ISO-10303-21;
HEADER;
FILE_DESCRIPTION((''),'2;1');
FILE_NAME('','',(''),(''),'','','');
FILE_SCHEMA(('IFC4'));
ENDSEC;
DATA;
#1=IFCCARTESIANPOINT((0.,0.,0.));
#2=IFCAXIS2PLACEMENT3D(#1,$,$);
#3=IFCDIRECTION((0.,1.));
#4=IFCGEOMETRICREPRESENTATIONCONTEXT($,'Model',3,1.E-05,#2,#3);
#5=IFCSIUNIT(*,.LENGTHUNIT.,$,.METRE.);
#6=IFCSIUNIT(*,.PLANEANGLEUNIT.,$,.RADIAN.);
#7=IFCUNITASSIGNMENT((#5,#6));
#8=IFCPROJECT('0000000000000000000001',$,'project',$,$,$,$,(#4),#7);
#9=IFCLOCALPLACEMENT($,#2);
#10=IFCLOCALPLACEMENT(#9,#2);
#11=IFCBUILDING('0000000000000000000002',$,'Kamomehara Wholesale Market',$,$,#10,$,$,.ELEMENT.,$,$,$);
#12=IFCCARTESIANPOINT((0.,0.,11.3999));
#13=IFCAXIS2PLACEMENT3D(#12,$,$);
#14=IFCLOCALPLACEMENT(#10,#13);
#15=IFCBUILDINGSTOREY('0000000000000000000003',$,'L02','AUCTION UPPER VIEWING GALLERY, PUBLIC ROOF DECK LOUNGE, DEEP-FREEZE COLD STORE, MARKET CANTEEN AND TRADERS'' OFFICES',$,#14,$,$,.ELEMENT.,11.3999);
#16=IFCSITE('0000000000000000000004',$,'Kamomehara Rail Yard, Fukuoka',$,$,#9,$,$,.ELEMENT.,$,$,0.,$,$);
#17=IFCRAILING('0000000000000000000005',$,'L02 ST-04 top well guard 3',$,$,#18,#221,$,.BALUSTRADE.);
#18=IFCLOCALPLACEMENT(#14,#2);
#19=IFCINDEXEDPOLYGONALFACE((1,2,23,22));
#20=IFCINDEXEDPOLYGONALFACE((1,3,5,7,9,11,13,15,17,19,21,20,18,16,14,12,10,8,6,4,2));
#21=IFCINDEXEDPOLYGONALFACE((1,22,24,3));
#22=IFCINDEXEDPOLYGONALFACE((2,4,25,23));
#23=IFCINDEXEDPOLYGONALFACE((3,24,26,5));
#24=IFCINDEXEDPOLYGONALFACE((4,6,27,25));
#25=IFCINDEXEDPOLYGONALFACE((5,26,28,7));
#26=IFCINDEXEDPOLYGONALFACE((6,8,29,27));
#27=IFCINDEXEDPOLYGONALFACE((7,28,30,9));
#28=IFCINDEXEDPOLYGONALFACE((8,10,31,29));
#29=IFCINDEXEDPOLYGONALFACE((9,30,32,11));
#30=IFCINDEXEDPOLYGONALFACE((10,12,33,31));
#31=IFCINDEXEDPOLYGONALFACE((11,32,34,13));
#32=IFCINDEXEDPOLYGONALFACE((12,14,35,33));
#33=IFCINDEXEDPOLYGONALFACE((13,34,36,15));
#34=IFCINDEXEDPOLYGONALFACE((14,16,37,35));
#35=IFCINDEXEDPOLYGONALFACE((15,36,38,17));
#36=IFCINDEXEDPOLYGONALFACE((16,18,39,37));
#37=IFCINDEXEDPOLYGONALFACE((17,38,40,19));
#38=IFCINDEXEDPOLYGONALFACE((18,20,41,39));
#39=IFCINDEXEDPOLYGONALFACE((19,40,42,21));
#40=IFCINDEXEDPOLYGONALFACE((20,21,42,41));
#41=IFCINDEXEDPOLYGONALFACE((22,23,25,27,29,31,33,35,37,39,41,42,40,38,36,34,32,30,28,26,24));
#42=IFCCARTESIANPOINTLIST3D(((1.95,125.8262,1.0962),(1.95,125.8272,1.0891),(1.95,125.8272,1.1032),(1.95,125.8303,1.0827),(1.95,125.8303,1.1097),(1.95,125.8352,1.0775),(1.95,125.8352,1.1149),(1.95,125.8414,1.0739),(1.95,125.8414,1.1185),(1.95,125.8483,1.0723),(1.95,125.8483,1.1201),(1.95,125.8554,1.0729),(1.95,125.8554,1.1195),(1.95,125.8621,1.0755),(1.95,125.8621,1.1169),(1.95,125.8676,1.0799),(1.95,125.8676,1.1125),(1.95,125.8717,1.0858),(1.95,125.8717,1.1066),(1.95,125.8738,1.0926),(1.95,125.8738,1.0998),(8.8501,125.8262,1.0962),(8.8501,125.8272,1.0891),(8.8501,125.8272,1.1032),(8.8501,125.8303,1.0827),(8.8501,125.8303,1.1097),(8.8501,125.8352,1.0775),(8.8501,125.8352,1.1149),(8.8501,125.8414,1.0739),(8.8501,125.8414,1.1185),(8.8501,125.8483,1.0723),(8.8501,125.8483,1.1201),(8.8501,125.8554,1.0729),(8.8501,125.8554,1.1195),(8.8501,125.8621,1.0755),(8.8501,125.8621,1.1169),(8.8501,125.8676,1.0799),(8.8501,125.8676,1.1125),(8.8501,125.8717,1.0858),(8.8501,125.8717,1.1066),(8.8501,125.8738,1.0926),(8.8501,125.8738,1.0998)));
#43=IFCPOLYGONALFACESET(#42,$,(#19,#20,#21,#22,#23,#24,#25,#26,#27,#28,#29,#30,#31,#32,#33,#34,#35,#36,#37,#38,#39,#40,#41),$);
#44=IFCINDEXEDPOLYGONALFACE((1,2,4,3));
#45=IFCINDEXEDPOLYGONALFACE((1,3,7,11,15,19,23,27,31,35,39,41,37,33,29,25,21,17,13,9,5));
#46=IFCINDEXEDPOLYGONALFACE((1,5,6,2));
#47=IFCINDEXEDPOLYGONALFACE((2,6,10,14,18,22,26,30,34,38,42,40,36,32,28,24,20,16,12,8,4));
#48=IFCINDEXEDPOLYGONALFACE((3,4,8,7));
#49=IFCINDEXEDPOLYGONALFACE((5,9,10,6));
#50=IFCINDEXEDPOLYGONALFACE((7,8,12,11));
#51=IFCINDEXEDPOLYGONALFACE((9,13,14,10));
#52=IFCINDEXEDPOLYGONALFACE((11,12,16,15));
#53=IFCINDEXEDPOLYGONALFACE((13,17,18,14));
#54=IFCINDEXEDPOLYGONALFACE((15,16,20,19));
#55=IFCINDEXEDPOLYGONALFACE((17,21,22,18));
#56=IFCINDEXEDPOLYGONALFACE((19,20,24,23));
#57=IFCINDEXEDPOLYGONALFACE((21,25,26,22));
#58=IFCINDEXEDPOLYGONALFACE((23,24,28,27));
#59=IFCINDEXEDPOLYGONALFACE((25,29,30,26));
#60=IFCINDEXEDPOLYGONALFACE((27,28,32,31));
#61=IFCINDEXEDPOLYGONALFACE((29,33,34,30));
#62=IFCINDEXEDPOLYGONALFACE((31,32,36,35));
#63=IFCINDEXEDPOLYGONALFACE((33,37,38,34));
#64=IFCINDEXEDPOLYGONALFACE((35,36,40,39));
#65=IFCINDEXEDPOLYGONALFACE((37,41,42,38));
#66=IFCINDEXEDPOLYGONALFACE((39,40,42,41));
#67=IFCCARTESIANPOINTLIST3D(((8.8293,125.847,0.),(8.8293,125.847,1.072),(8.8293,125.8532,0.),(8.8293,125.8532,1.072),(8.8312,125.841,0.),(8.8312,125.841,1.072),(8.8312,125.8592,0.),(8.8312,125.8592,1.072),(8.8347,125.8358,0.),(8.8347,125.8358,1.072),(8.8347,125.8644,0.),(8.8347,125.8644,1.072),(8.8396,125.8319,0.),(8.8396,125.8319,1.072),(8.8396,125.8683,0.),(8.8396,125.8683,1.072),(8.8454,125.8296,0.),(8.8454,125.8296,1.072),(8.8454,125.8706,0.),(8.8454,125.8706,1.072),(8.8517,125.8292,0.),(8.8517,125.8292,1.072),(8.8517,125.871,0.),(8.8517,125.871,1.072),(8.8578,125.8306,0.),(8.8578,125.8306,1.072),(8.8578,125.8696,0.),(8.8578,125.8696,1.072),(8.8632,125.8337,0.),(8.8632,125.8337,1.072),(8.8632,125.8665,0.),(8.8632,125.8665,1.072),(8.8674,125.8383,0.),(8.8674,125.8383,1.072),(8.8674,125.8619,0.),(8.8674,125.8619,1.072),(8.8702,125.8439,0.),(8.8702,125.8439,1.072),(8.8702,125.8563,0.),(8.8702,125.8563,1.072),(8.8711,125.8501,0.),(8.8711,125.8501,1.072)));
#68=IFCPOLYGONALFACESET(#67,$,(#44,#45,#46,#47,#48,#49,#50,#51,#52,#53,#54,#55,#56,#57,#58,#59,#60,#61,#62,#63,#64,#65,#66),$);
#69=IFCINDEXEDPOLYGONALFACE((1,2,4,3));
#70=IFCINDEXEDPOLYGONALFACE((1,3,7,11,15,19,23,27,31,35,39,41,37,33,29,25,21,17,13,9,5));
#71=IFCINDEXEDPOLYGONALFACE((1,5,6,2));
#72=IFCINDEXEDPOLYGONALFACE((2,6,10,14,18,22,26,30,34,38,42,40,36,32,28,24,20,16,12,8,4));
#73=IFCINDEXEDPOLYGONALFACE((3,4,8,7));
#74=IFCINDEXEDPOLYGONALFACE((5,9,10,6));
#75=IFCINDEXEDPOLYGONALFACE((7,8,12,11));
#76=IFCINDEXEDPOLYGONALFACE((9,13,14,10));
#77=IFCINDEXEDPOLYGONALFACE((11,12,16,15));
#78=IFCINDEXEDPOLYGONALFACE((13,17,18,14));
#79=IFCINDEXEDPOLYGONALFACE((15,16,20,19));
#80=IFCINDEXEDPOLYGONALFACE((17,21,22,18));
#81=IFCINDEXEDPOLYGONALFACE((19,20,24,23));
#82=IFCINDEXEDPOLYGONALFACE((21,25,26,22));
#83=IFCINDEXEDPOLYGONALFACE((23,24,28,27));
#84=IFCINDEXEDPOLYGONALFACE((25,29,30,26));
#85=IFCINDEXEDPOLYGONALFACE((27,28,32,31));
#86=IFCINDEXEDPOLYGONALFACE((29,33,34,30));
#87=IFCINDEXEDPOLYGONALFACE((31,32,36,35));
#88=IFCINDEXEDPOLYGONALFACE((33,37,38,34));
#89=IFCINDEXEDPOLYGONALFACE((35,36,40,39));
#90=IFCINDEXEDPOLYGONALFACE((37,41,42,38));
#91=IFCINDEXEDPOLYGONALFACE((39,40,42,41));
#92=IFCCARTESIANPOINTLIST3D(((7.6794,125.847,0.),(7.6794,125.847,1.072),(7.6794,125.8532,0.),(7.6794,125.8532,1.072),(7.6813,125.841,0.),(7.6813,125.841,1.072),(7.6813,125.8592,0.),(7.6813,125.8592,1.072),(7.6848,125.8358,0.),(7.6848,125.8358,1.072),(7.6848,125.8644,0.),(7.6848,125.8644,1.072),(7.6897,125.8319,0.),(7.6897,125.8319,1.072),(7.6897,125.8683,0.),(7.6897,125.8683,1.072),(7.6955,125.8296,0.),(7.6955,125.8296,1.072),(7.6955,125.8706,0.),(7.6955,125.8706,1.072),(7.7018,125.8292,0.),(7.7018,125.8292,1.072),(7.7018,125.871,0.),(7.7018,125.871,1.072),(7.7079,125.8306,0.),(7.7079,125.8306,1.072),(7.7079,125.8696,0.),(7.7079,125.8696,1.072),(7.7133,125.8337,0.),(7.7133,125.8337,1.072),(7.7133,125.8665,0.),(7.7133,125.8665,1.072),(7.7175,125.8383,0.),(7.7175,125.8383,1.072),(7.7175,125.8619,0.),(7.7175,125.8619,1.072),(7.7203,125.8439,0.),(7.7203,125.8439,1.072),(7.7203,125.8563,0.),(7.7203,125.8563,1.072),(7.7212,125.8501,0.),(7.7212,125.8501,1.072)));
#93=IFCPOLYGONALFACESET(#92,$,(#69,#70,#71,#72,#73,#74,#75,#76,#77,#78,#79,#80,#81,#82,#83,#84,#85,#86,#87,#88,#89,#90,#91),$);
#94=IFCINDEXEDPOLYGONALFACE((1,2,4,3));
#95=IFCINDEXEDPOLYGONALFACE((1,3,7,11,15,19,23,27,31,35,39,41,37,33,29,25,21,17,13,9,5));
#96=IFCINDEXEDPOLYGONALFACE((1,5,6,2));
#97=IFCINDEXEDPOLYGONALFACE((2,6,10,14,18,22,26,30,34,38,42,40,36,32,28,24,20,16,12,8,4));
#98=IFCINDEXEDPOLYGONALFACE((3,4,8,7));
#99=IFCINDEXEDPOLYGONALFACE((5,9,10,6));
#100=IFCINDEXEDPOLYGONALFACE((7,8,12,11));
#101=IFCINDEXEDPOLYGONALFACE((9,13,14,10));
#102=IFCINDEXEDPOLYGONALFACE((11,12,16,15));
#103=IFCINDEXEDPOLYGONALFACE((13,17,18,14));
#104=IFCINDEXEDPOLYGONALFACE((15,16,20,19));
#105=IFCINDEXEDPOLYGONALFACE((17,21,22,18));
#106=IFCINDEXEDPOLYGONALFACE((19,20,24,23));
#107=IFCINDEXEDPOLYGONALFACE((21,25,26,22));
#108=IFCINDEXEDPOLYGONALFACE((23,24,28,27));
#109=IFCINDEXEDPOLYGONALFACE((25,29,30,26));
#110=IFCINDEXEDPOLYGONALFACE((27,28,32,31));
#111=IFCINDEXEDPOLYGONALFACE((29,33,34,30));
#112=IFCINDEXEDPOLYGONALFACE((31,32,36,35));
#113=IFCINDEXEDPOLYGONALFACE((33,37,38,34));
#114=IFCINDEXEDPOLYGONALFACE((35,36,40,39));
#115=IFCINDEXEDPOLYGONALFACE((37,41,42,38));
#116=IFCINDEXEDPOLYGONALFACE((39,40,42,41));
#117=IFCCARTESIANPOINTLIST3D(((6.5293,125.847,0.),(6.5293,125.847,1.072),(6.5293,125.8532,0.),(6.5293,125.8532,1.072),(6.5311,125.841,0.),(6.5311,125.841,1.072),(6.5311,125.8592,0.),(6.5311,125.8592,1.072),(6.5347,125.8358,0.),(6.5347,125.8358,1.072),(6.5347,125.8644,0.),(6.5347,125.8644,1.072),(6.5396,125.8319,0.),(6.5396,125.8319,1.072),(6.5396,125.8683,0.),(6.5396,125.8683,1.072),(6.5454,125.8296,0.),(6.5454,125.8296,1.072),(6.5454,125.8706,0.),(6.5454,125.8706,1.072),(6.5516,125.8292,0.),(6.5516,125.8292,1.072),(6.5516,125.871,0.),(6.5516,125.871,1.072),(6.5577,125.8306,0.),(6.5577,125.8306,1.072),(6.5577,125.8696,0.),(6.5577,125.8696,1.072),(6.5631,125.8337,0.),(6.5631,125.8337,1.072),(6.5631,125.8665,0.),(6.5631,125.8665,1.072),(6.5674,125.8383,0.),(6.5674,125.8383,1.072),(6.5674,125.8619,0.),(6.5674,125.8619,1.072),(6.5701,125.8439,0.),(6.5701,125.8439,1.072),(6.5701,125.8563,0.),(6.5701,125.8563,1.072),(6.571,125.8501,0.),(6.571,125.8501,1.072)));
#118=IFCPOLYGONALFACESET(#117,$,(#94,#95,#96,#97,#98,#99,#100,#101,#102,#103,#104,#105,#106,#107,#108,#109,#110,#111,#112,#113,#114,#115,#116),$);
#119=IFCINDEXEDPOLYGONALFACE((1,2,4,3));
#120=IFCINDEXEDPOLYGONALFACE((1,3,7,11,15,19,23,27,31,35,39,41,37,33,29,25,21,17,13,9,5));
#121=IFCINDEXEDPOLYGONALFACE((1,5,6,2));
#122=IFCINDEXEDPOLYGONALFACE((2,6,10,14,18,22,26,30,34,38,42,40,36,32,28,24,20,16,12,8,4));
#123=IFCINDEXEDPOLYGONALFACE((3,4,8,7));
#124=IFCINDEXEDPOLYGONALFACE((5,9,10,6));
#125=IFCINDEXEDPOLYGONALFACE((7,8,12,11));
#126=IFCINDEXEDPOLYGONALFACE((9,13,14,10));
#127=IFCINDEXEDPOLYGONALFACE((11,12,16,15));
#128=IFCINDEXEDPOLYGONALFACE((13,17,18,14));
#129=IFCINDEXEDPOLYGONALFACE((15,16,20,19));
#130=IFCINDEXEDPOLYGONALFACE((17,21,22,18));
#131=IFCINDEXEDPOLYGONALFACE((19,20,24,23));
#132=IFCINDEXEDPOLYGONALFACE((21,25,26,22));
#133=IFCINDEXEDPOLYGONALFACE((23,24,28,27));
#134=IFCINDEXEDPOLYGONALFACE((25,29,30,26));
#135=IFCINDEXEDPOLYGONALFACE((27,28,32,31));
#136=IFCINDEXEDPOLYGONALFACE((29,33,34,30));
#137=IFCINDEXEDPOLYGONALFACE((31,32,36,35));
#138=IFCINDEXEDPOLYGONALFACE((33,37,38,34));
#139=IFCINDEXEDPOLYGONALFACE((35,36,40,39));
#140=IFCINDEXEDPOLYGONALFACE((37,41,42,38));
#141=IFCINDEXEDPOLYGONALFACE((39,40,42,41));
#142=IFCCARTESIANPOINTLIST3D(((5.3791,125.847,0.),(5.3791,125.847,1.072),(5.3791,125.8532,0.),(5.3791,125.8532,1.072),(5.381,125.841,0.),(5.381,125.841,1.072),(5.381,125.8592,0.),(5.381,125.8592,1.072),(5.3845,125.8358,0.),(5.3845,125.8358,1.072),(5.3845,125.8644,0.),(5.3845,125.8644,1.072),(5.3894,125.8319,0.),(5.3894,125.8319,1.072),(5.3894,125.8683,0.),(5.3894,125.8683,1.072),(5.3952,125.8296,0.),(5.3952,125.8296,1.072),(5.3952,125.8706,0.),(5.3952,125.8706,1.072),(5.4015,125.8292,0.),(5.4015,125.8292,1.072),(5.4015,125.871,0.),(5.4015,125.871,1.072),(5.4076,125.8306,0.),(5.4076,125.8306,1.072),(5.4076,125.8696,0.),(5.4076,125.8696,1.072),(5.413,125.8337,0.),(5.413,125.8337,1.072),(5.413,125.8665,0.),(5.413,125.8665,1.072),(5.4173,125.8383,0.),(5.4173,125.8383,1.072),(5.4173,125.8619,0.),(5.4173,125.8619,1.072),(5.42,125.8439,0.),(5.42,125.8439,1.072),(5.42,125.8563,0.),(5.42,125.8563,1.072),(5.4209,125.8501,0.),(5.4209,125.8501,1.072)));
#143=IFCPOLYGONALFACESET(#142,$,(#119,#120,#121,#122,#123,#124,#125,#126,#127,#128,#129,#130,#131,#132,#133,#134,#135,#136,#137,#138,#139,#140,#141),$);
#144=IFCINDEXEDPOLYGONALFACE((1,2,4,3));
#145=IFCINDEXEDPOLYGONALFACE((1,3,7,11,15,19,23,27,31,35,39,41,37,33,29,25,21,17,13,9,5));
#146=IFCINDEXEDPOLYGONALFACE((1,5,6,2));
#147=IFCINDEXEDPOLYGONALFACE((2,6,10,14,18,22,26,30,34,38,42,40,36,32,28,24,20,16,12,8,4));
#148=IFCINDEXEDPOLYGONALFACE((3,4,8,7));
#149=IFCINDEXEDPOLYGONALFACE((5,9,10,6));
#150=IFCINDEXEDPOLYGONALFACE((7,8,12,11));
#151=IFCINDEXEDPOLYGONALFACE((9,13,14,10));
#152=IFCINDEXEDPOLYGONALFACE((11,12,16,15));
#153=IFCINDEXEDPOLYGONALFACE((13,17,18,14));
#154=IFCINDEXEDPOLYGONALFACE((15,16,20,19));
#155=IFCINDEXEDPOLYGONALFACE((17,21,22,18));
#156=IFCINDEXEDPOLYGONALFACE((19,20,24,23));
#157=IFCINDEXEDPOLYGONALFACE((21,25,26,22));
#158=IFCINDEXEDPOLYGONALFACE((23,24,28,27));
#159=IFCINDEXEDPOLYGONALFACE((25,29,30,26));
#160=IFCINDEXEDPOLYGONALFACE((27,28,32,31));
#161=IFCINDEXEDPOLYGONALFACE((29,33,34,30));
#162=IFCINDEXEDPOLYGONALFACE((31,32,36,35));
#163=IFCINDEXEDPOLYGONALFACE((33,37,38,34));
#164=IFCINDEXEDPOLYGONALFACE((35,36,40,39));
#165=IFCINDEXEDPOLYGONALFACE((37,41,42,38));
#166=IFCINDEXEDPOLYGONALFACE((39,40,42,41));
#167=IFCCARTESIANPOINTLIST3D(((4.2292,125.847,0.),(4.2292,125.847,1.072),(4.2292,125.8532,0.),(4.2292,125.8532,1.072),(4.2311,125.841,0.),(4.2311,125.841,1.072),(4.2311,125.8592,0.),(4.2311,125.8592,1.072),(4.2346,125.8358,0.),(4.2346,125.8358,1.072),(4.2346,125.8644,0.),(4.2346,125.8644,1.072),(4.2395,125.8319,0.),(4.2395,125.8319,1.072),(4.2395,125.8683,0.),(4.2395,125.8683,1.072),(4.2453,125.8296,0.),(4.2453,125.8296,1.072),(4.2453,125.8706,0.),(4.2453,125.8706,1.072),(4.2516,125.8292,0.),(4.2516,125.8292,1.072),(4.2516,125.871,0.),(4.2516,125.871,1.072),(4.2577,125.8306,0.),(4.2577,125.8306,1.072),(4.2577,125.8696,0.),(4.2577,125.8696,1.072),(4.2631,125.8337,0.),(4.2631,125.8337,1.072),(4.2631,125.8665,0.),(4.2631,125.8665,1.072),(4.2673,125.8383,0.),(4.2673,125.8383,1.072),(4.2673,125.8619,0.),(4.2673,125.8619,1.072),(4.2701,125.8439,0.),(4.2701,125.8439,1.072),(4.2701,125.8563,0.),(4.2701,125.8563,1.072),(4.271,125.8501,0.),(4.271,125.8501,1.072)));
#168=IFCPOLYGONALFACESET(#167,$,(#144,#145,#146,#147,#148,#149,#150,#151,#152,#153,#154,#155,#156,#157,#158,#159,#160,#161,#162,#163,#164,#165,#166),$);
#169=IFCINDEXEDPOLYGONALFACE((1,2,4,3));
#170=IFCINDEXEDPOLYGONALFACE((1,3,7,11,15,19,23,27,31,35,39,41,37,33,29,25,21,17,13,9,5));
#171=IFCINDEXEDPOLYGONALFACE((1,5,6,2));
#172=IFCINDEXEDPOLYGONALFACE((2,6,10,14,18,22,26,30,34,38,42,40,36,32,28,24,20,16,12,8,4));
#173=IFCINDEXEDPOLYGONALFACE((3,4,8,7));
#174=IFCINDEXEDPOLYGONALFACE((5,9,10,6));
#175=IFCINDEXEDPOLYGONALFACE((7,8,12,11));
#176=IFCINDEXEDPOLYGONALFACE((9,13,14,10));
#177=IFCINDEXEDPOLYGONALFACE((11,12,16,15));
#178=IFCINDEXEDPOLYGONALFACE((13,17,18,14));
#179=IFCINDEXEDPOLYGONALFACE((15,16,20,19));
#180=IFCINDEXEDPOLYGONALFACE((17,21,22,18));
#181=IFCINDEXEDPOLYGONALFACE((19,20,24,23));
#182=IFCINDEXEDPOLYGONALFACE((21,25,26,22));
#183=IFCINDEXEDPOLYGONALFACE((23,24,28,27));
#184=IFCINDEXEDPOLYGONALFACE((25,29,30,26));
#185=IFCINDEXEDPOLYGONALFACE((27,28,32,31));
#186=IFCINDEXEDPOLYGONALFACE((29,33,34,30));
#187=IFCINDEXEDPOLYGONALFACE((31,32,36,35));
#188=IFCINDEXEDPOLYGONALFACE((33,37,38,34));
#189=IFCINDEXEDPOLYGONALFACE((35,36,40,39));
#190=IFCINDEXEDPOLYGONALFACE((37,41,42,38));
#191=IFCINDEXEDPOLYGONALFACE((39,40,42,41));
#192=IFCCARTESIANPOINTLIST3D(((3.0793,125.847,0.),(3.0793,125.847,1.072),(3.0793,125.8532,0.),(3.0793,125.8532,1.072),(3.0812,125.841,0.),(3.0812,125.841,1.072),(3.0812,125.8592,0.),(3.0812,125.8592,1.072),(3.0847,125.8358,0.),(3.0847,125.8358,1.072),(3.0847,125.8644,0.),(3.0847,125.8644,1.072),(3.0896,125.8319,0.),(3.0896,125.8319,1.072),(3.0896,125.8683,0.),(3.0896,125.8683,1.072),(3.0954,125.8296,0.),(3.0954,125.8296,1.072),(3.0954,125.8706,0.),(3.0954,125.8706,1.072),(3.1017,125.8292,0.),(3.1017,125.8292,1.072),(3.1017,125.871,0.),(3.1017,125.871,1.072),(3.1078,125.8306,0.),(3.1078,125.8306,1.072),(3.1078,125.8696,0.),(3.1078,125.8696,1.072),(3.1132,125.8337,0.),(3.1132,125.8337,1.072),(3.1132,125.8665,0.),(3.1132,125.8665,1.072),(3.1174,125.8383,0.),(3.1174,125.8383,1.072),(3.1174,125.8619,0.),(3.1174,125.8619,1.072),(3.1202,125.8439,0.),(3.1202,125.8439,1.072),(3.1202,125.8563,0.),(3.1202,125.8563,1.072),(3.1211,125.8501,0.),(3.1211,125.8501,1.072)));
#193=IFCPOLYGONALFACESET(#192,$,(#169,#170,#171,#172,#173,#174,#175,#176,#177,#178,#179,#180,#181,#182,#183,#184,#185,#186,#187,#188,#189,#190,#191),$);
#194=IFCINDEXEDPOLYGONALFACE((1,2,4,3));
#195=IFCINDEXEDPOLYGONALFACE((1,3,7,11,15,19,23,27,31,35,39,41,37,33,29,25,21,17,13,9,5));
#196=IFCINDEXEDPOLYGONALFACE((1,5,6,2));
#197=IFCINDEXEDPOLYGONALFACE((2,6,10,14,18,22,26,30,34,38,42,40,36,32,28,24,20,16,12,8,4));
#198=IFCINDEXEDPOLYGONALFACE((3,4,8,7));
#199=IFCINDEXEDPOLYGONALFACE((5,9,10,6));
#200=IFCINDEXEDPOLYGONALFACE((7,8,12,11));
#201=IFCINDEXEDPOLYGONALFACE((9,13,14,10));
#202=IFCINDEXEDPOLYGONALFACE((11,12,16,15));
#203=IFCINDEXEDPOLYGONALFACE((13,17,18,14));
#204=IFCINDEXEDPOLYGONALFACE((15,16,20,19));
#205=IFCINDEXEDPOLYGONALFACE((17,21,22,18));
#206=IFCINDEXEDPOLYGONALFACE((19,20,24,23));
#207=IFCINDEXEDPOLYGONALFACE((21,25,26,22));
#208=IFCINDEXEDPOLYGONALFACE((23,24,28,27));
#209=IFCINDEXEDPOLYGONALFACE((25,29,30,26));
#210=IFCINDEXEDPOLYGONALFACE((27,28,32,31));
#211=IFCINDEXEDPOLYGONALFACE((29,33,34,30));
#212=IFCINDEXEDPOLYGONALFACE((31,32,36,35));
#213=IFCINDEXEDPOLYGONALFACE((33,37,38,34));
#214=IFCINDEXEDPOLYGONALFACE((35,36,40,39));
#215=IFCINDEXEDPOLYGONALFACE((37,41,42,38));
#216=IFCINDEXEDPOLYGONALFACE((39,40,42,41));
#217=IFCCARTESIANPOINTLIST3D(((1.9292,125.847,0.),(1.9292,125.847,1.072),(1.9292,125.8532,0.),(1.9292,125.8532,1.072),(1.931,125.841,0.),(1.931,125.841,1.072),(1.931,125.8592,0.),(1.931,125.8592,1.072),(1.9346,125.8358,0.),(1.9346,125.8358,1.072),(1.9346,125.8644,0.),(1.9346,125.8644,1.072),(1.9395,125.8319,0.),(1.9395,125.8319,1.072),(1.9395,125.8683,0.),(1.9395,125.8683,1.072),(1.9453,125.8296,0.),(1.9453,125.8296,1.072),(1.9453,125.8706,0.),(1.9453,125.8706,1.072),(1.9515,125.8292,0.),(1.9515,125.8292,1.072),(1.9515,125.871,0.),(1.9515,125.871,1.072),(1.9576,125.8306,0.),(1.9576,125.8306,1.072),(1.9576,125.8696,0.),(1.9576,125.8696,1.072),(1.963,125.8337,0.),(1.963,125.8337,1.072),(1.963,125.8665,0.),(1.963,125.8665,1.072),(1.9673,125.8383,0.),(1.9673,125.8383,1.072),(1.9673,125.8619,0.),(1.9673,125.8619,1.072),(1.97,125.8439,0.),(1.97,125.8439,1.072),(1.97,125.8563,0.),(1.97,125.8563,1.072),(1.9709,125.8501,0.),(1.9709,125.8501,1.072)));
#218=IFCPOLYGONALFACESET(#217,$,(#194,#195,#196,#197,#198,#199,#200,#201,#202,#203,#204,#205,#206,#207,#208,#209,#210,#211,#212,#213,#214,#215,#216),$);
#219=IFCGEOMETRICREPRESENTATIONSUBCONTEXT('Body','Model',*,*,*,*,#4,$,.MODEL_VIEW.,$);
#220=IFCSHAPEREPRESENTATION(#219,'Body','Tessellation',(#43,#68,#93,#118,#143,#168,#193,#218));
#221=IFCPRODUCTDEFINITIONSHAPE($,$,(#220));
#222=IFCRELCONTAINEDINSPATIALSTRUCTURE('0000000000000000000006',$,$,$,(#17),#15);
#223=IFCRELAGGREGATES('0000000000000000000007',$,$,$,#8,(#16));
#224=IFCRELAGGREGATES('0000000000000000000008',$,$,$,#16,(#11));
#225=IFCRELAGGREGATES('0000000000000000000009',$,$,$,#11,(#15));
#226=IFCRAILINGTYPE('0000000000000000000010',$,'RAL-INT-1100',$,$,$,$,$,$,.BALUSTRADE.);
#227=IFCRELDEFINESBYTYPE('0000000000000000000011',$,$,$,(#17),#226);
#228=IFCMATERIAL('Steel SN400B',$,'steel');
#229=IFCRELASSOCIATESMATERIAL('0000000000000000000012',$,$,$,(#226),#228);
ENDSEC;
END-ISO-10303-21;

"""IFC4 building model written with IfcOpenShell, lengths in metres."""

from ifc_helpers import new_model, si_unit, direction, frame, origin, origin_2d, place, context, subcontext, project, spatial, circle, extrude, material, type_object, element, save


model = new_model("IFC4")

# Units and contexts
model_context = context("Model", 3, precision=1e-05, world=origin(), true_north=direction((0.0, 1.0)))
body_context = subcontext(model_context, "Body", "Model", "MODEL_VIEW")
ifc_project = project(units=[si_unit("LENGTHUNIT", "METRE"), si_unit("PLANEANGLEUNIT", "RADIAN")], contexts=[model_context])

# Site, building, storey
site_placement = place(None, origin())
site = spatial("IfcSite", under=ifc_project, at=site_placement, Name="Kamomehara Rail Yard, Fukuoka", CompositionType="ELEMENT", RefElevation=0.0)
building_placement = place(site_placement, origin())
building = spatial("IfcBuilding", under=site, at=building_placement, Name="Kamomehara Wholesale Market", CompositionType="ELEMENT")
storey_placement = place(building_placement, frame((0.0, 0.0, 11.3999)))
storey = spatial("IfcBuildingStorey", under=building, at=storey_placement, Name="L02", Description="AUCTION UPPER VIEWING GALLERY, PUBLIC ROOF DECK LOUNGE, DEEP-FREEZE COLD STORE, MARKET CANTEEN AND TRADERS' OFFICES", CompositionType="ELEMENT", Elevation=11.3999)

# Railing
ifc_material_1 = material(Name="Steel SN400B", Category="steel")
railing_type = type_object("IfcRailingType", Name="RAL-INT-1100", PredefinedType="BALUSTRADE", material=ifc_material_1)
railing_1_placement = place(storey_placement, frame((8.8501, 125.8501, 0.0)))
element("IfcRailing", 1, at=railing_1_placement, inside=storey, type_object=railing_type, Name="L02 ST-04 top well guard 3", PredefinedType="BALUSTRADE", context=body_context, shape_type="SweptSolid", body=[
    extrude(circle(Radius=0.0239, at=origin_2d()), frame((0.0, 0.0, 1.0962), z_axis=(-1.0, 0.0, 0.0), x_axis=(0.0, -1.0, 0.0)), (0.0, 0.0, 1.0), 6.9001),
    extrude(circle(Radius=0.021, at=origin_2d()), origin(), (0.0, 0.0, 1.0), 1.072),
    extrude(circle(Radius=0.021, at=origin_2d()), frame((-1.1499, 0.0, 0.0)), (0.0, 0.0, 1.0), 1.072),
    extrude(circle(Radius=0.021, at=origin_2d()), frame((-2.3, 0.0, 0.0)), (0.0, 0.0, 1.0), 1.072),
    extrude(circle(Radius=0.021, at=origin_2d()), frame((-3.4502, 0.0, 0.0)), (0.0, 0.0, 1.0), 1.072),
    extrude(circle(Radius=0.021, at=origin_2d()), frame((-4.6001, 0.0, 0.0)), (0.0, 0.0, 1.0), 1.072),
    extrude(circle(Radius=0.021, at=origin_2d()), frame((-5.75, 0.0, 0.0)), (0.0, 0.0, 1.0), 1.072),
    extrude(circle(Radius=0.021, at=origin_2d()), frame((-6.9001, 0.0, 0.0)), (0.0, 0.0, 1.0), 1.072),
])

save(model, "model.ifc")
